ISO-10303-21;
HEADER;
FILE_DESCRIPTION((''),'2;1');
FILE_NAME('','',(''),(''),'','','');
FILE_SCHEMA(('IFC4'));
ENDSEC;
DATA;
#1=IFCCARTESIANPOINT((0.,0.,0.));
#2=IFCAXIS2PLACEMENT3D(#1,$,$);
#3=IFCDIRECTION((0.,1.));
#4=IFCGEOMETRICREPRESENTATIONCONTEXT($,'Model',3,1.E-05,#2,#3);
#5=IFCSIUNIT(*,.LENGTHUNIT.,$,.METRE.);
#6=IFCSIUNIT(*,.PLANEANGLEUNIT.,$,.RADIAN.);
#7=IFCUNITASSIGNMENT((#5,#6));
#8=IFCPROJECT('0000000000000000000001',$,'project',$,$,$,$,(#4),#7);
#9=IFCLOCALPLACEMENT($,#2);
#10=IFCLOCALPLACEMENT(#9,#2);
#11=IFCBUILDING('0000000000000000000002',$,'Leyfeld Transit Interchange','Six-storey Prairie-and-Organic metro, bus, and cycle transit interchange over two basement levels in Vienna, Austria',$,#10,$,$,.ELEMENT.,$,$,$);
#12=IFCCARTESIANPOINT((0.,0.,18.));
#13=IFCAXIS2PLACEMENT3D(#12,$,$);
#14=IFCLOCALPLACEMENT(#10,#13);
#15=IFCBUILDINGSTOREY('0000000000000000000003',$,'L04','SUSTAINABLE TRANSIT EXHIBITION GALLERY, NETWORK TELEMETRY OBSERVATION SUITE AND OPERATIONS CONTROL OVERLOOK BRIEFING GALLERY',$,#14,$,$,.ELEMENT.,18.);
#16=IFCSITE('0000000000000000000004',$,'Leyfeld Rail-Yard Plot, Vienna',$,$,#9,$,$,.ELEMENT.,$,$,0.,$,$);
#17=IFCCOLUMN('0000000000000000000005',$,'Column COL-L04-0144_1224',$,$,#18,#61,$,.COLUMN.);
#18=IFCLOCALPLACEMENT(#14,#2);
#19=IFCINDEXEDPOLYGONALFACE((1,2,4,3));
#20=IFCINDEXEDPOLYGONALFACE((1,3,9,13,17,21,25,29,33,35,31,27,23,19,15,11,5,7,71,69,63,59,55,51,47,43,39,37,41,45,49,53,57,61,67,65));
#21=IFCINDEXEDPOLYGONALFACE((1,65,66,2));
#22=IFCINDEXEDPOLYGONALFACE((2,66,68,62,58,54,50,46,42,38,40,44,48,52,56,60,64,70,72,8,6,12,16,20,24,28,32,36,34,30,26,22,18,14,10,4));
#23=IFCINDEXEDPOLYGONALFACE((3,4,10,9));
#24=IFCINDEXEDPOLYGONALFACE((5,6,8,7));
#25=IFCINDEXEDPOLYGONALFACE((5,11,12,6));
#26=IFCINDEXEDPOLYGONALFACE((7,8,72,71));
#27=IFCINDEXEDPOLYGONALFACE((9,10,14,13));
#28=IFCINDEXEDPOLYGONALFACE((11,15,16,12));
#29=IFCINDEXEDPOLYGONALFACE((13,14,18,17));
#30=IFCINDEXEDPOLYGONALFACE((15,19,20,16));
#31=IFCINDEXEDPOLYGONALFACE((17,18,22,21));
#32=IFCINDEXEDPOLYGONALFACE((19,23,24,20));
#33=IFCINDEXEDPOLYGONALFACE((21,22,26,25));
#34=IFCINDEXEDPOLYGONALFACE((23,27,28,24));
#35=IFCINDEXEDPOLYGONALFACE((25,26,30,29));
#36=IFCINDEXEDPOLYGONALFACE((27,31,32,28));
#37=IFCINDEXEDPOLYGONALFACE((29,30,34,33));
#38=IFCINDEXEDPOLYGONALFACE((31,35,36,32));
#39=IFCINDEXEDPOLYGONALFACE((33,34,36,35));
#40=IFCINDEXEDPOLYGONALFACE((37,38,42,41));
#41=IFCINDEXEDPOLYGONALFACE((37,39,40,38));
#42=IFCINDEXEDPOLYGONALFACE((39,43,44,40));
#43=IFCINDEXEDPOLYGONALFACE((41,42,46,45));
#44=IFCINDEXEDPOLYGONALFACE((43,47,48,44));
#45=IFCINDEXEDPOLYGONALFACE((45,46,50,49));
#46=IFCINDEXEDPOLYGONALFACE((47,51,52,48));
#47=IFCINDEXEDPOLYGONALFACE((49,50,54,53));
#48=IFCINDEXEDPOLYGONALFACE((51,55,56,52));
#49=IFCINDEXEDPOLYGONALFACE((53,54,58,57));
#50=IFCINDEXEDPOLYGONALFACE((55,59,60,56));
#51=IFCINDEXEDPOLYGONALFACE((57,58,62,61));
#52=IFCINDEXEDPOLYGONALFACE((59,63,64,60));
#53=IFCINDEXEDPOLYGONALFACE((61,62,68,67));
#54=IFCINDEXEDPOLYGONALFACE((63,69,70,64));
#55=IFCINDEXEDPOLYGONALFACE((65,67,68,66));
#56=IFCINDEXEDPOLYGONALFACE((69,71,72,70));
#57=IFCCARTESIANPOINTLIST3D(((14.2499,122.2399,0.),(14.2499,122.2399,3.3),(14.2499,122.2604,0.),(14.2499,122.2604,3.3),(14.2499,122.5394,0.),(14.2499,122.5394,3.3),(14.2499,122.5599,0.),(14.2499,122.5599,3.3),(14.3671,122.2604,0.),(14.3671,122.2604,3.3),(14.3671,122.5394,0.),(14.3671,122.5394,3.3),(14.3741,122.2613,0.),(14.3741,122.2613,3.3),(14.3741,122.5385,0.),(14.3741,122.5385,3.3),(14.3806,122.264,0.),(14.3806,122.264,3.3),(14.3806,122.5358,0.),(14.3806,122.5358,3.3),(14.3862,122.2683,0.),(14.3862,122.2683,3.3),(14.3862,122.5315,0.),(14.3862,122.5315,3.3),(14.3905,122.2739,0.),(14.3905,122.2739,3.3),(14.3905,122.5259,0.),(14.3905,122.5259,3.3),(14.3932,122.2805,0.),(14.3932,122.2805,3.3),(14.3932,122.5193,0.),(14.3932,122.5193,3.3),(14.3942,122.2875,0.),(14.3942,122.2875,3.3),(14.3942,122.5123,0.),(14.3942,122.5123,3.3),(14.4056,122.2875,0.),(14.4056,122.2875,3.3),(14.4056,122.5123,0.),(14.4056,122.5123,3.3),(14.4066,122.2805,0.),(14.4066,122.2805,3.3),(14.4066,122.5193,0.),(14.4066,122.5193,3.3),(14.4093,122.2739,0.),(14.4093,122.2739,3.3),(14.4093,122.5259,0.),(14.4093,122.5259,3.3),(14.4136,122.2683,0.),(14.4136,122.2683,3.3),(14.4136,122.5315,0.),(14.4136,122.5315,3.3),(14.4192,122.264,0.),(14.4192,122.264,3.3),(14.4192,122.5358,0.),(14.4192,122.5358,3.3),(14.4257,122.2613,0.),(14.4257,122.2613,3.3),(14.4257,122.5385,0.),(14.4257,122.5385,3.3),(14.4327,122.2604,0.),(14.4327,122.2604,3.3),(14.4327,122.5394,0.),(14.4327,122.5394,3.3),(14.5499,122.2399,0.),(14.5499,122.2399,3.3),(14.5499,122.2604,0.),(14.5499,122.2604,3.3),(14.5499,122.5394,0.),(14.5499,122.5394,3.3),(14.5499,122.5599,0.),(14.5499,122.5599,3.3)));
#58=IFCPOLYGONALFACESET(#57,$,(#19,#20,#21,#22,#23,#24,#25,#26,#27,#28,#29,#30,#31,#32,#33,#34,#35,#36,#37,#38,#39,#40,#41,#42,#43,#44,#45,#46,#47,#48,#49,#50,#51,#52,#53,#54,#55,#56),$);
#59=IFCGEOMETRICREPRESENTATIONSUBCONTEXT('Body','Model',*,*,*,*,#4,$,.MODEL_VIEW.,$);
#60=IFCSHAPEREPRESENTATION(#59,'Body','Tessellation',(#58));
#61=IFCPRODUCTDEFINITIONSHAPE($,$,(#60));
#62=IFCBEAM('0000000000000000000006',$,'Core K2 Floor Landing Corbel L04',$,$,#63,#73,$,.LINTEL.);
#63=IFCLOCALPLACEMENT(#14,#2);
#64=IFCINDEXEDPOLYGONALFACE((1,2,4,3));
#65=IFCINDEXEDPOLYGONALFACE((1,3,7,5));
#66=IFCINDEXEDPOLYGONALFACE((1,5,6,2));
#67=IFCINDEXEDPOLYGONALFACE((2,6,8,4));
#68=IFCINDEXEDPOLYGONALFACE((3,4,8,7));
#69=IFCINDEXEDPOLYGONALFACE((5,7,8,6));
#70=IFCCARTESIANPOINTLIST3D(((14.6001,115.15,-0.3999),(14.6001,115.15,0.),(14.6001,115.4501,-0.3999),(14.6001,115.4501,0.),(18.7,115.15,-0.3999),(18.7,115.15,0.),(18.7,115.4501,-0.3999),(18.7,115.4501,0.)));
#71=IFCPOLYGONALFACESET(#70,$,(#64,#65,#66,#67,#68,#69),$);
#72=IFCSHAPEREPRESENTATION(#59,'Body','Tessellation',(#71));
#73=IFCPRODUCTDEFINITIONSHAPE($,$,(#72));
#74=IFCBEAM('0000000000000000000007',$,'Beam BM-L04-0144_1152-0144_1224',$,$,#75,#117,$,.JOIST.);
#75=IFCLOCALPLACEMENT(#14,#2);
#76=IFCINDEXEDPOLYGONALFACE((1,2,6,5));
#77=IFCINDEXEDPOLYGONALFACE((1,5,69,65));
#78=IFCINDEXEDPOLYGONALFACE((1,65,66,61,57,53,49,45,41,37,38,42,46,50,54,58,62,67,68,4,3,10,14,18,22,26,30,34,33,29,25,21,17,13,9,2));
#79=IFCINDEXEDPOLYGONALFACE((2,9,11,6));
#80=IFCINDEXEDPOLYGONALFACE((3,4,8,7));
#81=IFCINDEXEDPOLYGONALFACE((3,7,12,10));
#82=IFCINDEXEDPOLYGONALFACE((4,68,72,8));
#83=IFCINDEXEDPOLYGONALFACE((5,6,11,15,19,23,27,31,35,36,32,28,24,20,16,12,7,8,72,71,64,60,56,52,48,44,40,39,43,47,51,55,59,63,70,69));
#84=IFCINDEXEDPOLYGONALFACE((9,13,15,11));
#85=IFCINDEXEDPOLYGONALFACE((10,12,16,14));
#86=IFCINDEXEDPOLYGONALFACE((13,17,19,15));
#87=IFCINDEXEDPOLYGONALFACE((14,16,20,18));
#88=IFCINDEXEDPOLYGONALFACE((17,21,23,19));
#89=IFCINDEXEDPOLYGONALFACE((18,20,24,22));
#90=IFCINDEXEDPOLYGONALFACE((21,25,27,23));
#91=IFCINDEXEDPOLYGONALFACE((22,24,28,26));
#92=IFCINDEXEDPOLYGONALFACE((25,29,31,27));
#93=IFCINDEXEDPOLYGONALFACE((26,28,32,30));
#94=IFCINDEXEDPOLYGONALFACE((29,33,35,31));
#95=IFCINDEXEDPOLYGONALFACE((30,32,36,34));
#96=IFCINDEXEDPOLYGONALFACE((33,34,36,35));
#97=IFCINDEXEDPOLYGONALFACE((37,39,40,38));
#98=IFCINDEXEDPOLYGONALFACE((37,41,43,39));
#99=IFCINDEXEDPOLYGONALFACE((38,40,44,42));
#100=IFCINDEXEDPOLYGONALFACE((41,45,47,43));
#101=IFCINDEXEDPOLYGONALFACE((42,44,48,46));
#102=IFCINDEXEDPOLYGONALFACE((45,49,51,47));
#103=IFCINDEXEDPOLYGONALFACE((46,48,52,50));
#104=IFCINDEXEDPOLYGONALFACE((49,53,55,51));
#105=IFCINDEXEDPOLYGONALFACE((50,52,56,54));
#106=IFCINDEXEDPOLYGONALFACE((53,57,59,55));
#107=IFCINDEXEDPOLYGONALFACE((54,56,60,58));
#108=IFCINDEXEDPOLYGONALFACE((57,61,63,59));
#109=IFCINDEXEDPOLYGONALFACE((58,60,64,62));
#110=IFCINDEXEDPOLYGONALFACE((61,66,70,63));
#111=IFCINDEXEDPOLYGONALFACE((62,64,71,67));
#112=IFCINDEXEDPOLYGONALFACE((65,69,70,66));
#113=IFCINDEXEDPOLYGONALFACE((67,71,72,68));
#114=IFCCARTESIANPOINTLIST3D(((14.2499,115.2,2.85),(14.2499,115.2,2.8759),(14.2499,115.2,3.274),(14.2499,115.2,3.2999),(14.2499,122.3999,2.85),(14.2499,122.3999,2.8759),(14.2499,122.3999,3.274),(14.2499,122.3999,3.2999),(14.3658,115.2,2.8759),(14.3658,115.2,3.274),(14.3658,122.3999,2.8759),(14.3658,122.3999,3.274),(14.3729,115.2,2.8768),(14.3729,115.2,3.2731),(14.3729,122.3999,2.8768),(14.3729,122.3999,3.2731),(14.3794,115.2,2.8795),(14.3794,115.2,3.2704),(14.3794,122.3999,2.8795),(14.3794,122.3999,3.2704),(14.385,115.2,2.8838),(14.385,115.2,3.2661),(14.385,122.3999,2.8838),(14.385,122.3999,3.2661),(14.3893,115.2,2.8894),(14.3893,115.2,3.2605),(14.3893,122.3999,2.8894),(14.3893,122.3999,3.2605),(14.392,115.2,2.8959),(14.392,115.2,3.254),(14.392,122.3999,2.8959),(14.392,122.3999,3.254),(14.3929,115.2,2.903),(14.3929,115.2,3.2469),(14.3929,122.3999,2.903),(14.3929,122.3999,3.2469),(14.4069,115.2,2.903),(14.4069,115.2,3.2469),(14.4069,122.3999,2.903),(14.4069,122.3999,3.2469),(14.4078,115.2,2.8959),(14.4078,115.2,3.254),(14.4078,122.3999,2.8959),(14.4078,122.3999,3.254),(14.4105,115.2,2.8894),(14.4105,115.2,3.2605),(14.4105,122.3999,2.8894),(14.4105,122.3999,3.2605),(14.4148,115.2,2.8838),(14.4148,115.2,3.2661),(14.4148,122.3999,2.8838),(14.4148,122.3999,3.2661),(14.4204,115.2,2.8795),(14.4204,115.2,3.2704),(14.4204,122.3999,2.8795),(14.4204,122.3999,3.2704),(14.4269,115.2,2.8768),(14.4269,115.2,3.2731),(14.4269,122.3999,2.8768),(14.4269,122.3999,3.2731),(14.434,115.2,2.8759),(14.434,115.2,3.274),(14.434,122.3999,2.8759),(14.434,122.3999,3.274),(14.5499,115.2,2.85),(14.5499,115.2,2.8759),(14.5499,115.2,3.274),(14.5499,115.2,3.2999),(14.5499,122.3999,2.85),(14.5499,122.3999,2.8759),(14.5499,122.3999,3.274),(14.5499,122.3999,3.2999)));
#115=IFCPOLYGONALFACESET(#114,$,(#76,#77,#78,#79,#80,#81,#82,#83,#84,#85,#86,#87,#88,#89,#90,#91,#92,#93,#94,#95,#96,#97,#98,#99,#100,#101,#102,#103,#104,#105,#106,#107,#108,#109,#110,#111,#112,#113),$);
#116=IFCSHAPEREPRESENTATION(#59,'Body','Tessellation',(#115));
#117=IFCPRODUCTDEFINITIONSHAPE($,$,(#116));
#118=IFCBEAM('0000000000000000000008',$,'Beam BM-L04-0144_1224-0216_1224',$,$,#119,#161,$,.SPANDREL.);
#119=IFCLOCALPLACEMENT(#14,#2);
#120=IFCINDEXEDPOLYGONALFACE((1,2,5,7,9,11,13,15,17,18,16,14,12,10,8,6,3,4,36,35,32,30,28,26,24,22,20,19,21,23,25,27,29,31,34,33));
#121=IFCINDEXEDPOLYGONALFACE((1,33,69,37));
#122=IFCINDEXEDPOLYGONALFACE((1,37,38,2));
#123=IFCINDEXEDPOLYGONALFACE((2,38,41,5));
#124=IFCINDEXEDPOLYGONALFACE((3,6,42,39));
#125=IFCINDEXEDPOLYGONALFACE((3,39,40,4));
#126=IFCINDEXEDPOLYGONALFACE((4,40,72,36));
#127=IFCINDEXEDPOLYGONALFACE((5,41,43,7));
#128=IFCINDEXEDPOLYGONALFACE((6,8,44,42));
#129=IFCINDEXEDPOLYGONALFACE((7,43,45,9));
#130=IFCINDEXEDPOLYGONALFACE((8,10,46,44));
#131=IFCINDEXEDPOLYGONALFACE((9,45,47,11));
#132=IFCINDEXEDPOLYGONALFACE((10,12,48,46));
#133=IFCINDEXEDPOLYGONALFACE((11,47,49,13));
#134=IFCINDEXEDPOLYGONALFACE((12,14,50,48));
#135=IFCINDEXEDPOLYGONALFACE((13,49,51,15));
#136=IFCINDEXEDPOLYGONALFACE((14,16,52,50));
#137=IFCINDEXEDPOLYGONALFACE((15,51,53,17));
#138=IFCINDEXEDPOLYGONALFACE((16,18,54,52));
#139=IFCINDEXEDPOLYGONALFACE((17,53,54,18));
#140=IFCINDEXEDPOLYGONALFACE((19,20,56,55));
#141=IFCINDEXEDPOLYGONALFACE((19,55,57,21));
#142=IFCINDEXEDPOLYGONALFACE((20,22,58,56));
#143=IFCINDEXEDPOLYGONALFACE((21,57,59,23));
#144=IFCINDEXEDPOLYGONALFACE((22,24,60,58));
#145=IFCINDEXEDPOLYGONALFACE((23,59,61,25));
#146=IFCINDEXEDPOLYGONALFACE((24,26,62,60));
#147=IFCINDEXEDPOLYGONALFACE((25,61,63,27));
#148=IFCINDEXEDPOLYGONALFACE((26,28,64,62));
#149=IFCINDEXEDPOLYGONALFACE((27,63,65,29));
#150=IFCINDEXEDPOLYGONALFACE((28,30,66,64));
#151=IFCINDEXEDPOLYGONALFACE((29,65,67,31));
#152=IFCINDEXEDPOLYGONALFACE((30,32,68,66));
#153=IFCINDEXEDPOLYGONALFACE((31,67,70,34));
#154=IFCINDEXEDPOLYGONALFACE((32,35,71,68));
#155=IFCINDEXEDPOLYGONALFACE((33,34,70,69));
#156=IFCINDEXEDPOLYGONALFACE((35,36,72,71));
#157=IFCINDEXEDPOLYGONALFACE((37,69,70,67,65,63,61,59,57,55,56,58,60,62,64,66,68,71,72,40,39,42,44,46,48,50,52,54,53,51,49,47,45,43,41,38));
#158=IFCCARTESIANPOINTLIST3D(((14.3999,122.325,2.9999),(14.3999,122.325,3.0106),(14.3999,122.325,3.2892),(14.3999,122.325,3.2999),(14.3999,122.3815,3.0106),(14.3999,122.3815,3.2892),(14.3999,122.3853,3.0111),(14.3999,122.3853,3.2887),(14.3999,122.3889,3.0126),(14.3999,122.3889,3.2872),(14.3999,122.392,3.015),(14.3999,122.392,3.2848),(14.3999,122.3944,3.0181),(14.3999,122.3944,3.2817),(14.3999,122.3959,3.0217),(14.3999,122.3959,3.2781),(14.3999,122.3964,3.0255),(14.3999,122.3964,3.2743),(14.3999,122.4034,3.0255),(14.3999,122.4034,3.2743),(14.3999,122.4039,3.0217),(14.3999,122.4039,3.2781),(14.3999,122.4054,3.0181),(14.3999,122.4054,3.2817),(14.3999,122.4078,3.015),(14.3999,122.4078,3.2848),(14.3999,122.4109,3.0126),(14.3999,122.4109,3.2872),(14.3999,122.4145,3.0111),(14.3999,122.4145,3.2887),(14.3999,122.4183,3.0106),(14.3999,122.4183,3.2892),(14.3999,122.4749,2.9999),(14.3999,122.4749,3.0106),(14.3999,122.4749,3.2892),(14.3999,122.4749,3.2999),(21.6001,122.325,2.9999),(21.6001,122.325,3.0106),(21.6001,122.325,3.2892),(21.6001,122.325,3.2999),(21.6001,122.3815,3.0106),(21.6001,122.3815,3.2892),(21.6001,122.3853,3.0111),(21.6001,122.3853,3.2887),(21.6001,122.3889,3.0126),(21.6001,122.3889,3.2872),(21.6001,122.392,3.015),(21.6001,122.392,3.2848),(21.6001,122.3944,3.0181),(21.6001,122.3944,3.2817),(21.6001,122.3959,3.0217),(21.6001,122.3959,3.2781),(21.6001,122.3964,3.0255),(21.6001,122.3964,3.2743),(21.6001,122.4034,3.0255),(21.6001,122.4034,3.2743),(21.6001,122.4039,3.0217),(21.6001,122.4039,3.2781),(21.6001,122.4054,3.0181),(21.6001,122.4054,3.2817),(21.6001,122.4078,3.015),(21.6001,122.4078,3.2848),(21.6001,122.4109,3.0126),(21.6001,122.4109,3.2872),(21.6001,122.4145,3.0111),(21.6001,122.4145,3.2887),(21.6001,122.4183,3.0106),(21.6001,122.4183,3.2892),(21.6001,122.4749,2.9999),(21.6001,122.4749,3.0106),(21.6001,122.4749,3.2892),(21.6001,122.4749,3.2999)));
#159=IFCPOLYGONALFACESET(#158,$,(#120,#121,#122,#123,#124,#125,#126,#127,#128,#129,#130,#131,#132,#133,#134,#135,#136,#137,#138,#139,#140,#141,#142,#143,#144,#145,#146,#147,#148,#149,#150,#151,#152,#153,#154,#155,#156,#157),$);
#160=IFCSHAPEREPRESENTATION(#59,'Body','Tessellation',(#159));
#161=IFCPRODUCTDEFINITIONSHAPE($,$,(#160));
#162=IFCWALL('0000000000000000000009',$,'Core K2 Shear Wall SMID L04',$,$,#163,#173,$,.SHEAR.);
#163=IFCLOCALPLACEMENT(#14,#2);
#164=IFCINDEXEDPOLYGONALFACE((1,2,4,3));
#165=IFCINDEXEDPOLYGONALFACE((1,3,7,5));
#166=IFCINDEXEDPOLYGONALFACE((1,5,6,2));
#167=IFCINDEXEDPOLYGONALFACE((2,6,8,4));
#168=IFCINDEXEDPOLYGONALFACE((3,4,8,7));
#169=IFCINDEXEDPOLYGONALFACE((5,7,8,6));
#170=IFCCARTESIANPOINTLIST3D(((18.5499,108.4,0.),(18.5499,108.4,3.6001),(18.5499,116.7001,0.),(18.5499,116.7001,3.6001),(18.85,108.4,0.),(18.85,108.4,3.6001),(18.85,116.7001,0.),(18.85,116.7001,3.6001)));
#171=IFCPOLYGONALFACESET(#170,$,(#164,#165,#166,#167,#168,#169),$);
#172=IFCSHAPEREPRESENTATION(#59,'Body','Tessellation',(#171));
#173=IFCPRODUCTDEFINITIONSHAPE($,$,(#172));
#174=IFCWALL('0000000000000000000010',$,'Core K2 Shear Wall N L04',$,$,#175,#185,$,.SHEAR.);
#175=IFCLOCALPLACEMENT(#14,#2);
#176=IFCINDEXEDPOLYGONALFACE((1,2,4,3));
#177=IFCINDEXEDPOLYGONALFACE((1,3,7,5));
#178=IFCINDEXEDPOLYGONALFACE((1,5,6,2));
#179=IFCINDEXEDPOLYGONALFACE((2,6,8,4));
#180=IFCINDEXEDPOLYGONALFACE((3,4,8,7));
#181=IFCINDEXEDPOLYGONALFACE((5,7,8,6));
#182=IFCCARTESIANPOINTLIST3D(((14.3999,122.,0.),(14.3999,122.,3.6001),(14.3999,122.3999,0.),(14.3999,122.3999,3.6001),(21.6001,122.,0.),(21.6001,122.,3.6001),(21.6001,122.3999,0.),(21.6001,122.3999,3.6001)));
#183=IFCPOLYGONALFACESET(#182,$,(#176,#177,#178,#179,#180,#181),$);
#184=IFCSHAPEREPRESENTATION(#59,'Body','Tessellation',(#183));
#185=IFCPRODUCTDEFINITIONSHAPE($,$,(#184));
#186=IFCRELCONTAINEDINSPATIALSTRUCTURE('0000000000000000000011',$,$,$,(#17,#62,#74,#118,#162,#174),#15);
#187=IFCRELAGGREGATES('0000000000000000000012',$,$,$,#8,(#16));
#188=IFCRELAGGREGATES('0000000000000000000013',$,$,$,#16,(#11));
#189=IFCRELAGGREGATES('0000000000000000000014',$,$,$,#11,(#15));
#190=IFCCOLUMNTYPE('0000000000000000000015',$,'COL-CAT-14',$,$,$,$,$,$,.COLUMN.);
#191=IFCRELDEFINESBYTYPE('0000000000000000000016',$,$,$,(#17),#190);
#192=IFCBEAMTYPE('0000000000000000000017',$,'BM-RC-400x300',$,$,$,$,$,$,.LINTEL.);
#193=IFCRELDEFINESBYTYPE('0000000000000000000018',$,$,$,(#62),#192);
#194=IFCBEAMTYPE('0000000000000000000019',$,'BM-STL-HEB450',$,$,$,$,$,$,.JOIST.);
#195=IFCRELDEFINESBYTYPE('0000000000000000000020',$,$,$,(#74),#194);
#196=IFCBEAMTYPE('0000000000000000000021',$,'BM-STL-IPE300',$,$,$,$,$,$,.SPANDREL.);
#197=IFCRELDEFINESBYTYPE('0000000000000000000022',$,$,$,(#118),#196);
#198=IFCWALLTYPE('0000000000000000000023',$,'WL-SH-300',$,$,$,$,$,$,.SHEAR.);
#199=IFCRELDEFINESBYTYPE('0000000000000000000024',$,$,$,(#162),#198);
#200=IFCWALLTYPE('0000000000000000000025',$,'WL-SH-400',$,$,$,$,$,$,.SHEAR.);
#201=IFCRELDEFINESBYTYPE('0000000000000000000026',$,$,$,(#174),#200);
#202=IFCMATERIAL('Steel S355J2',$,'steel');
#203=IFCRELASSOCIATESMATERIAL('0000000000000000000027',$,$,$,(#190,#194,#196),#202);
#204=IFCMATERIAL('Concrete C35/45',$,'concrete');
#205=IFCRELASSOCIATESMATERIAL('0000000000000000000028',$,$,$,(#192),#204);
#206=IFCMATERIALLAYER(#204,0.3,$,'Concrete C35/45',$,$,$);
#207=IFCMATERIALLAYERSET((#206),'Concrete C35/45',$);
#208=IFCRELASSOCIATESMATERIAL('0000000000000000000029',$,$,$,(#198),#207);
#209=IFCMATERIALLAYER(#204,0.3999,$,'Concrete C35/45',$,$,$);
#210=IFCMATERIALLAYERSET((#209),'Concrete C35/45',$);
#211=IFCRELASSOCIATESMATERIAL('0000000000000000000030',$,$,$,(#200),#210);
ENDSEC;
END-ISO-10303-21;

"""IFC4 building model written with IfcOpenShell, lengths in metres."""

from ifc_helpers import new_model, si_unit, direction, frame, frame_2d, origin, origin_2d, place, context, subcontext, project, spatial, rectangle, i_section, extrude, material, layer, layer_set, material_profile, profile_set, type_object, element, save


model = new_model("IFC4")

# Units and contexts
model_context = context("Model", 3, precision=1e-05, world=origin(), true_north=direction((0.0, 1.0)))
body_context = subcontext(model_context, "Body", "Model", "MODEL_VIEW")
ifc_project = project(units=[si_unit("LENGTHUNIT", "METRE"), si_unit("PLANEANGLEUNIT", "RADIAN")], contexts=[model_context])

# Site, building, storey
site_placement = place(None, origin())
site = spatial("IfcSite", under=ifc_project, at=site_placement, Name="Leyfeld Rail-Yard Plot, Vienna", CompositionType="ELEMENT", RefElevation=0.0)
building_placement = place(site_placement, origin())
building = spatial("IfcBuilding", under=site, at=building_placement, Name="Leyfeld Transit Interchange", Description="Six-storey Prairie-and-Organic metro, bus, and cycle transit interchange over two basement levels in Vienna, Austria", CompositionType="ELEMENT")
storey_placement = place(building_placement, frame((0.0, 0.0, 18.0)))
storey = spatial("IfcBuildingStorey", under=building, at=storey_placement, Name="L04", Description="SUSTAINABLE TRANSIT EXHIBITION GALLERY, NETWORK TELEMETRY OBSERVATION SUITE AND OPERATIONS CONTROL OVERLOOK BRIEFING GALLERY", CompositionType="ELEMENT", Elevation=18.0)

# Column
ifc_material_1 = material(Name="Steel S355J2", Category="steel")
ifc_material_profile_1 = material_profile(ifc_material_1, i_section(OverallWidth=0.3, OverallDepth=0.3201, WebThickness=0.0115, FlangeThickness=0.0205, FilletRadius=0.0271, at=origin_2d()), Name="HEB 320")
ifc_profile_set_1 = profile_set([ifc_material_profile_1], Name="Steel S355J2")
column_type = type_object("IfcColumnType", Name="COL-CAT-14", PredefinedType="COLUMN", material=ifc_profile_set_1)
column_placement = place(storey_placement, frame((14.3999, 122.3999, 0.0), z_axis=(0.0, 0.0, 1.0), x_axis=(1.0, 0.0, 0.0)))
element("IfcColumn", 1, at=column_placement, inside=storey, type_object=column_type, Name="Column COL-L04-0144_1224", PredefinedType="COLUMN", context=body_context, shape_type="SweptSolid", body=[
    extrude(i_section(OverallWidth=0.3, OverallDepth=0.3201, WebThickness=0.0115, FlangeThickness=0.0205, FilletRadius=0.0271, at=origin_2d()), origin(), (0.0, 0.0, 1.0), 3.3),
])

# Beams
ifc_material_2 = material(Name="Concrete C35/45", Category="concrete")
ifc_material_profile_2 = material_profile(ifc_material_2, rectangle(XDim=0.3, YDim=0.3999, at=origin_2d()), Name="RC 400x300")
ifc_profile_set_2 = profile_set([ifc_material_profile_2], Name="Concrete C35/45")
beam_type_1 = type_object("IfcBeamType", Name="BM-RC-400x300", PredefinedType="LINTEL", material=ifc_profile_set_2)
beam_1_placement = place(storey_placement, frame((14.6001, 115.3, -0.2), z_axis=(1.0, 0.0, 0.0), x_axis=(0.0, 1.0, 0.0)))
element("IfcBeam", 2, at=beam_1_placement, inside=storey, type_object=beam_type_1, Name="Core K2 Floor Landing Corbel L04", PredefinedType="LINTEL", context=body_context, shape_type="SweptSolid", body=[
    extrude(rectangle(XDim=0.3, YDim=0.3999, at=origin_2d()), origin(), (0.0, 0.0, 1.0), 4.0999),
])
ifc_material_profile_3 = material_profile(ifc_material_1, i_section(OverallWidth=0.3, OverallDepth=0.45, WebThickness=0.0139, FlangeThickness=0.0259, FilletRadius=0.0271, at=origin_2d()), Name="HEB 450")
ifc_profile_set_3 = profile_set([ifc_material_profile_3], Name="Steel S355J2")
beam_type_2 = type_object("IfcBeamType", Name="BM-STL-HEB450", PredefinedType="JOIST", material=ifc_profile_set_3)
beam_2_placement = place(storey_placement, frame((14.3999, 115.2, 3.075), z_axis=(0.0, 1.0, 0.0), x_axis=(-1.0, 0.0, 0.0)))
element("IfcBeam", 3, at=beam_2_placement, inside=storey, type_object=beam_type_2, Name="Beam BM-L04-0144_1152-0144_1224", PredefinedType="JOIST", context=body_context, shape_type="SweptSolid", body=[
    extrude(i_section(OverallWidth=0.3, OverallDepth=0.45, WebThickness=0.0139, FlangeThickness=0.0259, FilletRadius=0.0271, at=origin_2d()), origin(), (0.0, 0.0, 1.0), 7.2),
])
ifc_material_profile_4 = material_profile(ifc_material_1, i_section(OverallWidth=0.1499, OverallDepth=0.3, WebThickness=0.0071, FlangeThickness=0.0107, FilletRadius=0.0149, at=origin_2d()), Name="IPE 300")
ifc_profile_set_4 = profile_set([ifc_material_profile_4], Name="Steel S355J2")
beam_type_3 = type_object("IfcBeamType", Name="BM-STL-IPE300", PredefinedType="SPANDREL", material=ifc_profile_set_4)
beam_3_placement = place(storey_placement, frame((14.3999, 122.3999, 3.1499), z_axis=(1.0, 0.0, 0.0), x_axis=(0.0, 1.0, 0.0)))
element("IfcBeam", 4, at=beam_3_placement, inside=storey, type_object=beam_type_3, Name="Beam BM-L04-0144_1224-0216_1224", PredefinedType="SPANDREL", context=body_context, shape_type="SweptSolid", body=[
    extrude(i_section(OverallWidth=0.1499, OverallDepth=0.3, WebThickness=0.0071, FlangeThickness=0.0107, FilletRadius=0.0149, at=origin_2d()), origin(), (0.0, 0.0, 1.0), 7.2002),
])

# Wall
ifc_layer_1 = layer(ifc_material_2, 0.3, Name="Concrete C35/45")
ifc_layer_set_1 = layer_set([ifc_layer_1], Name="Concrete C35/45")
wall_type_1 = type_object("IfcWallType", Name="WL-SH-300", PredefinedType="SHEAR", material=ifc_layer_set_1)
wall_1_placement = place(storey_placement, frame((18.7, 116.7, 0.0), z_axis=(0.0, 0.0, 1.0), x_axis=(0.0, -1.0, 0.0)))
element("IfcWall", 5, at=wall_1_placement, inside=storey, type_object=wall_type_1, Name="Core K2 Shear Wall SMID L04", PredefinedType="SHEAR", context=body_context, shape_type="SweptSolid", body=[
    extrude(rectangle(XDim=8.3, YDim=0.3, at=frame_2d((4.1499, 0.0))), origin(), (0.0, 0.0, 1.0), 3.6001),
])

# Wall
ifc_layer_2 = layer(ifc_material_2, 0.3999, Name="Concrete C35/45")
ifc_layer_set_2 = layer_set([ifc_layer_2], Name="Concrete C35/45")
wall_type_2 = type_object("IfcWallType", Name="WL-SH-400", PredefinedType="SHEAR", material=ifc_layer_set_2)
wall_2_placement = place(storey_placement, frame((14.3999, 122.2, 0.0), z_axis=(0.0, 0.0, 1.0), x_axis=(1.0, 0.0, 0.0)))
element("IfcWall", 6, at=wall_2_placement, inside=storey, type_object=wall_type_2, Name="Core K2 Shear Wall N L04", PredefinedType="SHEAR", context=body_context, shape_type="SweptSolid", body=[
    extrude(rectangle(XDim=7.2002, YDim=0.3999, at=frame_2d((3.6001, 0.0))), origin(), (0.0, 0.0, 1.0), 3.6001),
])

save(model, "model.ifc")
